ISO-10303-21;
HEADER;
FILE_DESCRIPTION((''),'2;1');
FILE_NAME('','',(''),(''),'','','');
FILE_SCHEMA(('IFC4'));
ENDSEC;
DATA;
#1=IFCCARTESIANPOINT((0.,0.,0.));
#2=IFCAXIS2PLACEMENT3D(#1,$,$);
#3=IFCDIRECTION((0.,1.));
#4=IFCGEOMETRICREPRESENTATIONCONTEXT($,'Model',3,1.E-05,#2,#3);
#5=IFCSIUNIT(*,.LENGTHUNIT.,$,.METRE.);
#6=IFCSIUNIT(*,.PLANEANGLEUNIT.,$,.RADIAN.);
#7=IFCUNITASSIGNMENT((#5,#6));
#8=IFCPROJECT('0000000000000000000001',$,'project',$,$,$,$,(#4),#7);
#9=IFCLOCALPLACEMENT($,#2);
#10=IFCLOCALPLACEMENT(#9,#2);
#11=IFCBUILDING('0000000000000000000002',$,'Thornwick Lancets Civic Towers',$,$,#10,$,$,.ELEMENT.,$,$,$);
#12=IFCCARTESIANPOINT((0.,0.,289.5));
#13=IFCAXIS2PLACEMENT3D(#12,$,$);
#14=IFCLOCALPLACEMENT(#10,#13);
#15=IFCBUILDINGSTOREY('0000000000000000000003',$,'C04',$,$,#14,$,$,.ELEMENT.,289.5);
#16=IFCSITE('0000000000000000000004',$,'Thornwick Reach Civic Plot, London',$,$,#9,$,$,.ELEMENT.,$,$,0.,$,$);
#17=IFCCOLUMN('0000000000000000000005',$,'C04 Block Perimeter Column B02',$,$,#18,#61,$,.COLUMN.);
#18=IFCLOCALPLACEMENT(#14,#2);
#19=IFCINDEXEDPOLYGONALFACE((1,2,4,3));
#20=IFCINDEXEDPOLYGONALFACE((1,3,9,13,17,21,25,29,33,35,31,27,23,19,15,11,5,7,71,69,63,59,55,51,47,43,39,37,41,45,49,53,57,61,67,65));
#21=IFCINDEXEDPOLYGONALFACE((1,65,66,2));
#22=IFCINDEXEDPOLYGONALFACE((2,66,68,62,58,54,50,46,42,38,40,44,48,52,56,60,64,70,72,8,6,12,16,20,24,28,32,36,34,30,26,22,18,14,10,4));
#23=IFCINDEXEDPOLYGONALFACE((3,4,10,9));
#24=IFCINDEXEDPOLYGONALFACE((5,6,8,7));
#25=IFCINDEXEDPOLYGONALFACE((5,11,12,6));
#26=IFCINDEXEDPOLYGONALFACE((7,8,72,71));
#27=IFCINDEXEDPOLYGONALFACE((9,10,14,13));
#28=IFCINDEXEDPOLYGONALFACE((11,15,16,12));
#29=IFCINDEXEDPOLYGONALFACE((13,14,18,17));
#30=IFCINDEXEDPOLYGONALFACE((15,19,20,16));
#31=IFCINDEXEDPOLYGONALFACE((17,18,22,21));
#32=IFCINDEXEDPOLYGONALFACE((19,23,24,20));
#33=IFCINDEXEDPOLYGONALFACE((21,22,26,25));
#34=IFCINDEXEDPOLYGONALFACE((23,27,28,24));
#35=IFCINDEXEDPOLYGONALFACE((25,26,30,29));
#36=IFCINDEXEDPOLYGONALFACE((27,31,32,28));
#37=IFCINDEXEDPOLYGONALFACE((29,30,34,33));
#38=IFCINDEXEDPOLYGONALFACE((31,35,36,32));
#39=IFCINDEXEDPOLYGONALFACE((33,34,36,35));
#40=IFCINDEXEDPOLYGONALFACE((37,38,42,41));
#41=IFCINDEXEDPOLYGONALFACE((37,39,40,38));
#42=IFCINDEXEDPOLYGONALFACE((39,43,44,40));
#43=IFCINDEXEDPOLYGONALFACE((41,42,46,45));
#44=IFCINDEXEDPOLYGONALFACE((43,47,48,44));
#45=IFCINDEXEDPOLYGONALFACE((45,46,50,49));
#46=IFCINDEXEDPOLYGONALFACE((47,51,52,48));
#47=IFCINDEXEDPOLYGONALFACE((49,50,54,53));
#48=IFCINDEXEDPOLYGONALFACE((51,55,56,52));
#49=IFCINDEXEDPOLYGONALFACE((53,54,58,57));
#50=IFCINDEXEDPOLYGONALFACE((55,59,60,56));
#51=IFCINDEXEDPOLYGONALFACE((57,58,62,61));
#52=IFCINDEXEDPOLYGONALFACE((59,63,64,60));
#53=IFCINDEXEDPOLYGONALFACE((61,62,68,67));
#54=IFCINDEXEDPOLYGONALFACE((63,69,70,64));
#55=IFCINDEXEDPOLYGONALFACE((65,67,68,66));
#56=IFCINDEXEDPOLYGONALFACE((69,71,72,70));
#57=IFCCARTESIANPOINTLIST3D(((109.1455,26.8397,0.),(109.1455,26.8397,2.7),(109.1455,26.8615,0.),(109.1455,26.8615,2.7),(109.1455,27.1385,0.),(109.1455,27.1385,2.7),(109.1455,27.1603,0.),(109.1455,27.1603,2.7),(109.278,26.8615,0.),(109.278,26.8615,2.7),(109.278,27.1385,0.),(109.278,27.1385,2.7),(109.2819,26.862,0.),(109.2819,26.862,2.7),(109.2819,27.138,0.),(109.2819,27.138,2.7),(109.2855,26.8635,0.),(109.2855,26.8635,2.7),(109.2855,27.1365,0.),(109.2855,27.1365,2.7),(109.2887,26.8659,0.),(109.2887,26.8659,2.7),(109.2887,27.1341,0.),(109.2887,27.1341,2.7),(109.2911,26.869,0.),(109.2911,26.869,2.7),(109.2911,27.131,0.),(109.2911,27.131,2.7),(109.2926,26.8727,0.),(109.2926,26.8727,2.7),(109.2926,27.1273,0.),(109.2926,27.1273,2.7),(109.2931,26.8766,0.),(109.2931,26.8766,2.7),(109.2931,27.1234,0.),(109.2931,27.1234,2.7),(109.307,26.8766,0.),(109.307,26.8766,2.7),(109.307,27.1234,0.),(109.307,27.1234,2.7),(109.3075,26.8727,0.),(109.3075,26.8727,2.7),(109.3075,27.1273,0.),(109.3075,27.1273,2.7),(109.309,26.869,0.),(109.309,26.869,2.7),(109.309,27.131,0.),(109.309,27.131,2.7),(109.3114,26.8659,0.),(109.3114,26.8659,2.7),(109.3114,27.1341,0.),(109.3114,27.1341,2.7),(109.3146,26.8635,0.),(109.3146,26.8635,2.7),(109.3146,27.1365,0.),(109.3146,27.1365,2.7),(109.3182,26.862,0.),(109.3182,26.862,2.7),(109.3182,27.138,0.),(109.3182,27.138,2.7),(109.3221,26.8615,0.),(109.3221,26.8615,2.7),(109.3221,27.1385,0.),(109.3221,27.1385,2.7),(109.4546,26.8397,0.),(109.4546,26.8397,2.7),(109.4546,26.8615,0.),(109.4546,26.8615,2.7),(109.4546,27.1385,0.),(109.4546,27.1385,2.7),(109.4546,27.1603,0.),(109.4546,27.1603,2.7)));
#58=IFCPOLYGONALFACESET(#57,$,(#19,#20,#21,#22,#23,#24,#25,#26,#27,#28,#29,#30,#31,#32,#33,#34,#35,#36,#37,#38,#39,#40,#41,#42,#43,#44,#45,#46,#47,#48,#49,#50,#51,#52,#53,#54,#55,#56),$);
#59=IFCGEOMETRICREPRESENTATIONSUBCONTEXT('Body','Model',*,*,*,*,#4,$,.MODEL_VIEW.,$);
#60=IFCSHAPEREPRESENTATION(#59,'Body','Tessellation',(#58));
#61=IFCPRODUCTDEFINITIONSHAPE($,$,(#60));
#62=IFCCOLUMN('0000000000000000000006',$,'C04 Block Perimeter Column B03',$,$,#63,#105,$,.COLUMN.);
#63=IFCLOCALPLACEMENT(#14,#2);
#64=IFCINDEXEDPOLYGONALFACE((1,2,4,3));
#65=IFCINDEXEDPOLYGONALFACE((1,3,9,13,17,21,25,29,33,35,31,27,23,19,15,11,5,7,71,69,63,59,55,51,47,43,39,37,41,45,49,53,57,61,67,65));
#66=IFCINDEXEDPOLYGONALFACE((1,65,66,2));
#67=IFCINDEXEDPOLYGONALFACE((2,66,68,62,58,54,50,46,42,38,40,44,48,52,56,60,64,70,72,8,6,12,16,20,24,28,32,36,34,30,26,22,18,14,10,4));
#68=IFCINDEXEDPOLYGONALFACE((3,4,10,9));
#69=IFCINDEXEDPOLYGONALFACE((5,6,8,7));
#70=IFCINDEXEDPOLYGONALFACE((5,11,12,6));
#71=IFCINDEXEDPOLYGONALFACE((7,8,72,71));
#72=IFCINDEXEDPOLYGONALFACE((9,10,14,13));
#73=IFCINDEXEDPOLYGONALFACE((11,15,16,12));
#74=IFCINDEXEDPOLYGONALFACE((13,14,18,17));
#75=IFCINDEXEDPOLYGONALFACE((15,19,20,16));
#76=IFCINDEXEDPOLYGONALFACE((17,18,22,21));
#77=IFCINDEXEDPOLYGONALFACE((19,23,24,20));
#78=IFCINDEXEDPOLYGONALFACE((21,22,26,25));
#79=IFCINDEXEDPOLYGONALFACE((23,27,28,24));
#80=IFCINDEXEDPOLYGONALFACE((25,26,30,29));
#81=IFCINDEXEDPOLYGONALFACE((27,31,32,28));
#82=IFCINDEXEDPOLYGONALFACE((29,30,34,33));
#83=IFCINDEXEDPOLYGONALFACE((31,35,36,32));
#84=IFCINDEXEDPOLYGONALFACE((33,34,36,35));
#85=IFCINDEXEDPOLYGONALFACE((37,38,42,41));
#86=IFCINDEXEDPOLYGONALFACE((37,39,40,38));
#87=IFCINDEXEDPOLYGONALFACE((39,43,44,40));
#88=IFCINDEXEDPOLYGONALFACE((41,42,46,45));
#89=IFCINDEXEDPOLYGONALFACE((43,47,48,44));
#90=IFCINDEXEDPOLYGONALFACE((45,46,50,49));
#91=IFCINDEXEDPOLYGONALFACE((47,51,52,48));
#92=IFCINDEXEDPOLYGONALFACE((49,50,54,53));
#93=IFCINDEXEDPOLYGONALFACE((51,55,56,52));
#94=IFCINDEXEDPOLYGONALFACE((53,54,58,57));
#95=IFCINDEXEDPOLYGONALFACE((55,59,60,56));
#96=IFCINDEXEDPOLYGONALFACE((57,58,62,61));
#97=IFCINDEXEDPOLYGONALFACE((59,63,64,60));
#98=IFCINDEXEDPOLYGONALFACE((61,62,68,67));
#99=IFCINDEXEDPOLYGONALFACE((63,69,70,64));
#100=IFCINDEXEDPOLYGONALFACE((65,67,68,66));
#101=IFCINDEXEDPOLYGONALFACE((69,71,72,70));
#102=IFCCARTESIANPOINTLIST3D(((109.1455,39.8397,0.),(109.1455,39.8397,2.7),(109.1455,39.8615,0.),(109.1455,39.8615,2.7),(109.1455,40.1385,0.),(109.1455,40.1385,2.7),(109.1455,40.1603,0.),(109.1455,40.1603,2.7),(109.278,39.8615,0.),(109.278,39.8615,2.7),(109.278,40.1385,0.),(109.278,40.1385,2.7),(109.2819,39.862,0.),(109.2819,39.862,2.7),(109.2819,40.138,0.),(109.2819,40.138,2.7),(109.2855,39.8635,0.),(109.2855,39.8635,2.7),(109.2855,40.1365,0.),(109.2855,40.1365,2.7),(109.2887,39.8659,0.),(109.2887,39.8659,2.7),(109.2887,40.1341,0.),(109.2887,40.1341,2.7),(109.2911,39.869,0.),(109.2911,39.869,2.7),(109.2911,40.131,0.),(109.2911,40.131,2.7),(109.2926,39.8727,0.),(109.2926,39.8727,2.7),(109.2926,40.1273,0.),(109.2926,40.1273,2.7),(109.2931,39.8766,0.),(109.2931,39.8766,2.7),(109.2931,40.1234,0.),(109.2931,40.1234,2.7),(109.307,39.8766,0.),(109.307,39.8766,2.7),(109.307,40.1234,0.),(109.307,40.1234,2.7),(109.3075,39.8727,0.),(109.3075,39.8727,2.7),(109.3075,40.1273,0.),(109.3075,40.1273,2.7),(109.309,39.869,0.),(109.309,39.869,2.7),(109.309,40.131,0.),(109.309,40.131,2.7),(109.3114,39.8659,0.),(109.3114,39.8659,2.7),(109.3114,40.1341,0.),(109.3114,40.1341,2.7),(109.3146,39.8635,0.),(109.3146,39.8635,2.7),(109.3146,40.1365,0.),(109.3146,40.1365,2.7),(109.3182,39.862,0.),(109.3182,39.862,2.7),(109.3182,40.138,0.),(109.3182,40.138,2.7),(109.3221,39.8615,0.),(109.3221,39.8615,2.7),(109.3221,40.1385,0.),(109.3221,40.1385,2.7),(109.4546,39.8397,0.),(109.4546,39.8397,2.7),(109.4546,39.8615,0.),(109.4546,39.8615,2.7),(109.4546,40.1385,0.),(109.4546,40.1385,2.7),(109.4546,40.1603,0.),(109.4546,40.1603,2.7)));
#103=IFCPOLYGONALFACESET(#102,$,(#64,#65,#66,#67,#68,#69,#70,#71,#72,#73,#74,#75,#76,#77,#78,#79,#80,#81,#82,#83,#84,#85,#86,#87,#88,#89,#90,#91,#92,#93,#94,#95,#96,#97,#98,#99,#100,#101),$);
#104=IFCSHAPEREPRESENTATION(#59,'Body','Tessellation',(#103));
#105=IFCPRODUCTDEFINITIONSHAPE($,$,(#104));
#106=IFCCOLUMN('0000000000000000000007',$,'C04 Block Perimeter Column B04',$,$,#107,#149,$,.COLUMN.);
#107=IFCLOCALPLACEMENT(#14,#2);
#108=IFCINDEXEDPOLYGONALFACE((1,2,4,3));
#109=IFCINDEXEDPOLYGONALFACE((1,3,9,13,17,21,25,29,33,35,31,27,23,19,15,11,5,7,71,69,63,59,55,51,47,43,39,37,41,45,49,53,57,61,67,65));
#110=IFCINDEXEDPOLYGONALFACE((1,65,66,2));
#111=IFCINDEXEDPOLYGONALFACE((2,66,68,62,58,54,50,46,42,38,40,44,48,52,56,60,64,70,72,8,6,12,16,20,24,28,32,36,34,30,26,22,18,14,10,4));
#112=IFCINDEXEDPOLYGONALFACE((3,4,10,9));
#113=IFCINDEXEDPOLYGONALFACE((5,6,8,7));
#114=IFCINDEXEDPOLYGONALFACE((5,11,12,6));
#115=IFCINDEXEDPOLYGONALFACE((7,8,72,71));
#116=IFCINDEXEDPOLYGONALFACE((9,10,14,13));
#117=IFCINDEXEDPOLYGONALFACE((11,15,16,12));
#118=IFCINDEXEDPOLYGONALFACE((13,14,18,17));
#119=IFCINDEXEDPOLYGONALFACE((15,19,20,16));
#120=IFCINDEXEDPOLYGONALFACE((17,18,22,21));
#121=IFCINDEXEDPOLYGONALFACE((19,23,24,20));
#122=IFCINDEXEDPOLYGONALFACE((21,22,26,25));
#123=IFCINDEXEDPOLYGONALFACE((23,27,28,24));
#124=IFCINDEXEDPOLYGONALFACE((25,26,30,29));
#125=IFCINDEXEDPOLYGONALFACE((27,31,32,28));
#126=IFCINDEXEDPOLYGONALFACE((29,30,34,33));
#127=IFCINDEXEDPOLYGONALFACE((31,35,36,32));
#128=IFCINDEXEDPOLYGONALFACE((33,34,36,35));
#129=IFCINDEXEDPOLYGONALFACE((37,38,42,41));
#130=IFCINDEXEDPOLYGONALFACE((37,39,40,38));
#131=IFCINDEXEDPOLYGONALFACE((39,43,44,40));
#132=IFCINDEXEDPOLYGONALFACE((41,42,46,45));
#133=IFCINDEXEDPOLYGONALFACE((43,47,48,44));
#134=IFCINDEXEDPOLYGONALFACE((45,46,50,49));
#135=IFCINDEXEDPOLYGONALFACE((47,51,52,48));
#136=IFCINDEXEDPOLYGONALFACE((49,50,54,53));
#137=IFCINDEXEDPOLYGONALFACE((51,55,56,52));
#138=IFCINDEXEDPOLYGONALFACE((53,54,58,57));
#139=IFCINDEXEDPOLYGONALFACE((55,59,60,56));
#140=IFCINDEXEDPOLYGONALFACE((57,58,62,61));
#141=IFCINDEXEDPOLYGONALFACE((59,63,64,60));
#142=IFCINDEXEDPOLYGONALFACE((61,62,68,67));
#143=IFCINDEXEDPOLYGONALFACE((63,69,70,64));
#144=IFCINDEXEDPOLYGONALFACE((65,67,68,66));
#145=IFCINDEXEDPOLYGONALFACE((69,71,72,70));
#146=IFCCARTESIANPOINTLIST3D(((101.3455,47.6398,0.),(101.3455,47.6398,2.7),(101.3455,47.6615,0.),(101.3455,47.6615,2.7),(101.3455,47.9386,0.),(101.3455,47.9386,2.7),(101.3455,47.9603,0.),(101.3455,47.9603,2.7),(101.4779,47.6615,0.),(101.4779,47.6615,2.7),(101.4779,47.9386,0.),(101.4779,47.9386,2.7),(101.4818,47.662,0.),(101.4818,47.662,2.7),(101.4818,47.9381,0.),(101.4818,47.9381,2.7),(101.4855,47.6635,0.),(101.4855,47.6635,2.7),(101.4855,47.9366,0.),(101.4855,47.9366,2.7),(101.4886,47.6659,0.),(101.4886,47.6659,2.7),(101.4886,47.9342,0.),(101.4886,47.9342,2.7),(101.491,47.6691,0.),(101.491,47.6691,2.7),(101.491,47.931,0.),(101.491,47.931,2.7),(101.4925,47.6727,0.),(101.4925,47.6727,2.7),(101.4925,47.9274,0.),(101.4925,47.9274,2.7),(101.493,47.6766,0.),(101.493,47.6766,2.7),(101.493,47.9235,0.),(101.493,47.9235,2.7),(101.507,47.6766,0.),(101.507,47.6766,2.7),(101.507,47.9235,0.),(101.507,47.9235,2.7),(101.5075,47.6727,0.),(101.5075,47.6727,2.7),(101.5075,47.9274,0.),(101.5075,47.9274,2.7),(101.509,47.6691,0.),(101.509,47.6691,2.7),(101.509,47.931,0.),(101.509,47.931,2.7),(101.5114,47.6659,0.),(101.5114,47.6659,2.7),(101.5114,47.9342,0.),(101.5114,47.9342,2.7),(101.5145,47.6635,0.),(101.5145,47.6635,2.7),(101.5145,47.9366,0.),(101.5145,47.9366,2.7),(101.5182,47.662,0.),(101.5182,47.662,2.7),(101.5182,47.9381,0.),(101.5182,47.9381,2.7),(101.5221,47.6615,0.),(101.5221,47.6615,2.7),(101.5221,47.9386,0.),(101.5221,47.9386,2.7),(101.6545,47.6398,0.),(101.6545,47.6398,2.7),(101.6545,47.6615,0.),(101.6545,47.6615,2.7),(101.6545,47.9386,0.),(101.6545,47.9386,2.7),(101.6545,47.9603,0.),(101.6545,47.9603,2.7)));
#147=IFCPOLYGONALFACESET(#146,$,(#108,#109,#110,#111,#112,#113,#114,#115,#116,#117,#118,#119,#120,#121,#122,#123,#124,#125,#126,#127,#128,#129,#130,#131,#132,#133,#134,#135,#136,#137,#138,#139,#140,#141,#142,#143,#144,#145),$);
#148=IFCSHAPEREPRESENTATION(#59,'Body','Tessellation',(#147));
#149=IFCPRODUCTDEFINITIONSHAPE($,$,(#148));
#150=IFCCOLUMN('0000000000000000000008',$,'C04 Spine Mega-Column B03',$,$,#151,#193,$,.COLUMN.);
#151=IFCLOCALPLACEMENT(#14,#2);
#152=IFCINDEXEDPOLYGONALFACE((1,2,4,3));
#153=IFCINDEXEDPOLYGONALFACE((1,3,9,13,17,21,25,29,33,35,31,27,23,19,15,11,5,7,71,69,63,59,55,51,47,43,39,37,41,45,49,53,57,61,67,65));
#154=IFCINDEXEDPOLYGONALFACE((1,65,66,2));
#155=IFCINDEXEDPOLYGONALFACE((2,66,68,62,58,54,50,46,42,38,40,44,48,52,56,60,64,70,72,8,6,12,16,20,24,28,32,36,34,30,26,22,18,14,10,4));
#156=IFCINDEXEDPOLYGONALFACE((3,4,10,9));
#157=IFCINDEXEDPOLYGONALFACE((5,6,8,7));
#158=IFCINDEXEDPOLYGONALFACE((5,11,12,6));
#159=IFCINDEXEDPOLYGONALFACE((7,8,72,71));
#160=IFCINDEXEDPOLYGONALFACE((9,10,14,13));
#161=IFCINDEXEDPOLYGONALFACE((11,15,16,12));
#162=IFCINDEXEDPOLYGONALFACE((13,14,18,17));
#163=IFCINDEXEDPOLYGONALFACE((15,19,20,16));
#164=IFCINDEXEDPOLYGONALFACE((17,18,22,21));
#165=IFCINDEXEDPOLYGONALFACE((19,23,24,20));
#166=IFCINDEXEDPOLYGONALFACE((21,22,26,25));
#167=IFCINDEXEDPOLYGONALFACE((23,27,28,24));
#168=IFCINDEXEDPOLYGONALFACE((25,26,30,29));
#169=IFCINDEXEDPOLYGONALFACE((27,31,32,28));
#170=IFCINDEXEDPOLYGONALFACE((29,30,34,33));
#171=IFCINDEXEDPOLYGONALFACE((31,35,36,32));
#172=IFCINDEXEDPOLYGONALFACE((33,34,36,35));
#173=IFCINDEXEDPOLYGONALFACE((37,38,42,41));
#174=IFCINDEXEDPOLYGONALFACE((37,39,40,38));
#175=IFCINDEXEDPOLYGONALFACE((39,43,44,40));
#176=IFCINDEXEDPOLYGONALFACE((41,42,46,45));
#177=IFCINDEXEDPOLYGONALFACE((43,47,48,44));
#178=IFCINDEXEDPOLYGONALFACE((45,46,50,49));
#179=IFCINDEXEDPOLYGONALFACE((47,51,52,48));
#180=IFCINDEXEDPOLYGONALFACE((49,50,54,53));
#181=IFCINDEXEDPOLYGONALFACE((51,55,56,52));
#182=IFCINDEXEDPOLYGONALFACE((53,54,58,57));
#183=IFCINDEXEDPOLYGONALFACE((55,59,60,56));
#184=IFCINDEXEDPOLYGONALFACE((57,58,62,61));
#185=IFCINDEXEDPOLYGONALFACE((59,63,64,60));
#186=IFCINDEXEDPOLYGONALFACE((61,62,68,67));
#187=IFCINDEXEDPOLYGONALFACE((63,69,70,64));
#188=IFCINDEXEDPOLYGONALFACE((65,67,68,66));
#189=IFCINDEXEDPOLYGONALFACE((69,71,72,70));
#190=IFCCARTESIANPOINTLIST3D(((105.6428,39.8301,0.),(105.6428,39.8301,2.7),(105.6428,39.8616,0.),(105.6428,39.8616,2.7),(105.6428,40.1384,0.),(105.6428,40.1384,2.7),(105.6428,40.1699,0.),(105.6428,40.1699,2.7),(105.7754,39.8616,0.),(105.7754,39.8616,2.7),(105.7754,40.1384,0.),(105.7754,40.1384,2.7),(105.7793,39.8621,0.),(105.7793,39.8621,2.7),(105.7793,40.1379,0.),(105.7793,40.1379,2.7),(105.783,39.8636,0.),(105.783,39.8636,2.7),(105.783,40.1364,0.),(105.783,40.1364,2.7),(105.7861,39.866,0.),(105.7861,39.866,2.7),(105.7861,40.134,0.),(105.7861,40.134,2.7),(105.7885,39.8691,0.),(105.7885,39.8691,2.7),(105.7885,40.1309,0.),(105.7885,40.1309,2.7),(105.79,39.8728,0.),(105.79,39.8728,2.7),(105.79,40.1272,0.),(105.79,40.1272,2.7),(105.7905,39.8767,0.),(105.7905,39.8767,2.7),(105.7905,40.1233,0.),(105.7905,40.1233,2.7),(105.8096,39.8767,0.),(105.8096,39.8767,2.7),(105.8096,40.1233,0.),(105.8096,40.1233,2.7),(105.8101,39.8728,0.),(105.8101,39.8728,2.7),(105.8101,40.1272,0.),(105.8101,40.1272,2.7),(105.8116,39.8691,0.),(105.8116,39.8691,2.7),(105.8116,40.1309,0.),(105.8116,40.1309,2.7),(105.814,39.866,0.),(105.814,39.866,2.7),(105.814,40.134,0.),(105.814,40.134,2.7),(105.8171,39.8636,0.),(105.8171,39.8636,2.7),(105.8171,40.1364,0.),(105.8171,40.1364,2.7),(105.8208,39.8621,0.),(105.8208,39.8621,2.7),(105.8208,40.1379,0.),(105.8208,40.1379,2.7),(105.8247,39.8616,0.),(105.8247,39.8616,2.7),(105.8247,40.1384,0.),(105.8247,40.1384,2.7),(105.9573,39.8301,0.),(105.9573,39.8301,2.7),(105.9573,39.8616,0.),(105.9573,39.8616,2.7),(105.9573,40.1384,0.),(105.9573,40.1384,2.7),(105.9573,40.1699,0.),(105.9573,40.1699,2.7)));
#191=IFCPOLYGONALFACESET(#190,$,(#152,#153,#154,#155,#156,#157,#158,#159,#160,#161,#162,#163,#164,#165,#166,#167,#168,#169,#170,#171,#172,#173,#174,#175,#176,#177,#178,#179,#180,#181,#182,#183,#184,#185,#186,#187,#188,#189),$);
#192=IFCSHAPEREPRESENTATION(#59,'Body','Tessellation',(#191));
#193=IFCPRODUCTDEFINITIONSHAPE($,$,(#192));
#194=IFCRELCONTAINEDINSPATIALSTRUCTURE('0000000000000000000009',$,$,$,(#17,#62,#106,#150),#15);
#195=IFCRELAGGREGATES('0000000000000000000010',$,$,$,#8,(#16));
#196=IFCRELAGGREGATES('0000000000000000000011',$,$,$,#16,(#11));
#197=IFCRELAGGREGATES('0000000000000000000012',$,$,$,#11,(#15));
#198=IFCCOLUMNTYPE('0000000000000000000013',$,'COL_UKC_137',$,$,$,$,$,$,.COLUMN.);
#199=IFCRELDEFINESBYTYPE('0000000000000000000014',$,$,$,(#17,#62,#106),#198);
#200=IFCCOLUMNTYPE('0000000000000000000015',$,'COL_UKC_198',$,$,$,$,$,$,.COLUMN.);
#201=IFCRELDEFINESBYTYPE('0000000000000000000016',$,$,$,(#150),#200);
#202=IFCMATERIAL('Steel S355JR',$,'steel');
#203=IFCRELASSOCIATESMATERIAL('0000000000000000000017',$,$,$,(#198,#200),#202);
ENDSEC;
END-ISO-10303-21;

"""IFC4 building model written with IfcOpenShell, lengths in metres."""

from ifc_helpers import new_model, si_unit, direction, frame, origin, origin_2d, place, context, subcontext, project, spatial, i_section, extrude, material, material_profile, profile_set, type_object, element, save


model = new_model("IFC4")

# Units and contexts
model_context = context("Model", 3, precision=1e-05, world=origin(), true_north=direction((0.0, 1.0)))
body_context = subcontext(model_context, "Body", "Model", "MODEL_VIEW")
ifc_project = project(units=[si_unit("LENGTHUNIT", "METRE"), si_unit("PLANEANGLEUNIT", "RADIAN")], contexts=[model_context])

# Site, building, storey
site_placement = place(None, origin())
site = spatial("IfcSite", under=ifc_project, at=site_placement, Name="Thornwick Reach Civic Plot, London", CompositionType="ELEMENT", RefElevation=0.0)
building_placement = place(site_placement, origin())
building = spatial("IfcBuilding", under=site, at=building_placement, Name="Thornwick Lancets Civic Towers", CompositionType="ELEMENT")
storey_placement = place(building_placement, frame((0.0, 0.0, 289.5)))
storey = spatial("IfcBuildingStorey", under=building, at=storey_placement, Name="C04", CompositionType="ELEMENT", Elevation=289.5)

# Columns
ifc_material_1 = material(Name="Steel S355JR", Category="steel")
ifc_material_profile_1 = material_profile(ifc_material_1, i_section(OverallWidth=0.3091, OverallDepth=0.3206, WebThickness=0.0139, FlangeThickness=0.0217, FilletRadius=0.0151, at=origin_2d()), Name="UKC 305x305x137")
ifc_profile_set_1 = profile_set([ifc_material_profile_1], Name="Steel S355JR")
column_type_1 = type_object("IfcColumnType", Name="COL_UKC_137", PredefinedType="COLUMN", material=ifc_profile_set_1)
for number, where, z_axis, x_axis, name in (
    (1, (109.3, 27.0, 0.0), (0.0, 0.0, 1.0), (1.0, 0.0, 0.0), "C04 Block Perimeter Column B02"),
    (2, (109.3, 40.0, 0.0), (0.0, 0.0, 1.0), (1.0, 0.0, 0.0), "C04 Block Perimeter Column B03"),
    (3, (101.5, 47.8, 0.0), (0.0, 0.0, 1.0), (1.0, 0.0, 0.0), "C04 Block Perimeter Column B04"),
):
    element("IfcColumn", number, at=place(storey_placement, frame(where, z_axis=z_axis, x_axis=x_axis)), inside=storey, type_object=column_type_1, Name=name, PredefinedType="COLUMN", context=body_context, shape_type="SweptSolid", body=[
        extrude(i_section(OverallWidth=0.3091, OverallDepth=0.3206, WebThickness=0.0139, FlangeThickness=0.0217, FilletRadius=0.0151, at=origin_2d()), origin(), (0.0, 0.0, 1.0), 2.7),
    ])
ifc_material_profile_2 = material_profile(ifc_material_1, i_section(OverallWidth=0.3145, OverallDepth=0.3398, WebThickness=0.019, FlangeThickness=0.0315, FilletRadius=0.0151, at=origin_2d()), Name="UKC 305x305x198")
ifc_profile_set_2 = profile_set([ifc_material_profile_2], Name="Steel S355JR")
column_type_2 = type_object("IfcColumnType", Name="COL_UKC_198", PredefinedType="COLUMN", material=ifc_profile_set_2)
for number, where, z_axis, x_axis, name in (
    (4, (105.8, 40.0, 0.0), (0.0, 0.0, 1.0), (1.0, 0.0, 0.0), "C04 Spine Mega-Column B03"),
):
    element("IfcColumn", number, at=place(storey_placement, frame(where, z_axis=z_axis, x_axis=x_axis)), inside=storey, type_object=column_type_2, Name=name, PredefinedType="COLUMN", context=body_context, shape_type="SweptSolid", body=[
        extrude(i_section(OverallWidth=0.3145, OverallDepth=0.3398, WebThickness=0.019, FlangeThickness=0.0315, FilletRadius=0.0151, at=origin_2d()), origin(), (0.0, 0.0, 1.0), 2.7),
    ])

save(model, "model.ifc")
